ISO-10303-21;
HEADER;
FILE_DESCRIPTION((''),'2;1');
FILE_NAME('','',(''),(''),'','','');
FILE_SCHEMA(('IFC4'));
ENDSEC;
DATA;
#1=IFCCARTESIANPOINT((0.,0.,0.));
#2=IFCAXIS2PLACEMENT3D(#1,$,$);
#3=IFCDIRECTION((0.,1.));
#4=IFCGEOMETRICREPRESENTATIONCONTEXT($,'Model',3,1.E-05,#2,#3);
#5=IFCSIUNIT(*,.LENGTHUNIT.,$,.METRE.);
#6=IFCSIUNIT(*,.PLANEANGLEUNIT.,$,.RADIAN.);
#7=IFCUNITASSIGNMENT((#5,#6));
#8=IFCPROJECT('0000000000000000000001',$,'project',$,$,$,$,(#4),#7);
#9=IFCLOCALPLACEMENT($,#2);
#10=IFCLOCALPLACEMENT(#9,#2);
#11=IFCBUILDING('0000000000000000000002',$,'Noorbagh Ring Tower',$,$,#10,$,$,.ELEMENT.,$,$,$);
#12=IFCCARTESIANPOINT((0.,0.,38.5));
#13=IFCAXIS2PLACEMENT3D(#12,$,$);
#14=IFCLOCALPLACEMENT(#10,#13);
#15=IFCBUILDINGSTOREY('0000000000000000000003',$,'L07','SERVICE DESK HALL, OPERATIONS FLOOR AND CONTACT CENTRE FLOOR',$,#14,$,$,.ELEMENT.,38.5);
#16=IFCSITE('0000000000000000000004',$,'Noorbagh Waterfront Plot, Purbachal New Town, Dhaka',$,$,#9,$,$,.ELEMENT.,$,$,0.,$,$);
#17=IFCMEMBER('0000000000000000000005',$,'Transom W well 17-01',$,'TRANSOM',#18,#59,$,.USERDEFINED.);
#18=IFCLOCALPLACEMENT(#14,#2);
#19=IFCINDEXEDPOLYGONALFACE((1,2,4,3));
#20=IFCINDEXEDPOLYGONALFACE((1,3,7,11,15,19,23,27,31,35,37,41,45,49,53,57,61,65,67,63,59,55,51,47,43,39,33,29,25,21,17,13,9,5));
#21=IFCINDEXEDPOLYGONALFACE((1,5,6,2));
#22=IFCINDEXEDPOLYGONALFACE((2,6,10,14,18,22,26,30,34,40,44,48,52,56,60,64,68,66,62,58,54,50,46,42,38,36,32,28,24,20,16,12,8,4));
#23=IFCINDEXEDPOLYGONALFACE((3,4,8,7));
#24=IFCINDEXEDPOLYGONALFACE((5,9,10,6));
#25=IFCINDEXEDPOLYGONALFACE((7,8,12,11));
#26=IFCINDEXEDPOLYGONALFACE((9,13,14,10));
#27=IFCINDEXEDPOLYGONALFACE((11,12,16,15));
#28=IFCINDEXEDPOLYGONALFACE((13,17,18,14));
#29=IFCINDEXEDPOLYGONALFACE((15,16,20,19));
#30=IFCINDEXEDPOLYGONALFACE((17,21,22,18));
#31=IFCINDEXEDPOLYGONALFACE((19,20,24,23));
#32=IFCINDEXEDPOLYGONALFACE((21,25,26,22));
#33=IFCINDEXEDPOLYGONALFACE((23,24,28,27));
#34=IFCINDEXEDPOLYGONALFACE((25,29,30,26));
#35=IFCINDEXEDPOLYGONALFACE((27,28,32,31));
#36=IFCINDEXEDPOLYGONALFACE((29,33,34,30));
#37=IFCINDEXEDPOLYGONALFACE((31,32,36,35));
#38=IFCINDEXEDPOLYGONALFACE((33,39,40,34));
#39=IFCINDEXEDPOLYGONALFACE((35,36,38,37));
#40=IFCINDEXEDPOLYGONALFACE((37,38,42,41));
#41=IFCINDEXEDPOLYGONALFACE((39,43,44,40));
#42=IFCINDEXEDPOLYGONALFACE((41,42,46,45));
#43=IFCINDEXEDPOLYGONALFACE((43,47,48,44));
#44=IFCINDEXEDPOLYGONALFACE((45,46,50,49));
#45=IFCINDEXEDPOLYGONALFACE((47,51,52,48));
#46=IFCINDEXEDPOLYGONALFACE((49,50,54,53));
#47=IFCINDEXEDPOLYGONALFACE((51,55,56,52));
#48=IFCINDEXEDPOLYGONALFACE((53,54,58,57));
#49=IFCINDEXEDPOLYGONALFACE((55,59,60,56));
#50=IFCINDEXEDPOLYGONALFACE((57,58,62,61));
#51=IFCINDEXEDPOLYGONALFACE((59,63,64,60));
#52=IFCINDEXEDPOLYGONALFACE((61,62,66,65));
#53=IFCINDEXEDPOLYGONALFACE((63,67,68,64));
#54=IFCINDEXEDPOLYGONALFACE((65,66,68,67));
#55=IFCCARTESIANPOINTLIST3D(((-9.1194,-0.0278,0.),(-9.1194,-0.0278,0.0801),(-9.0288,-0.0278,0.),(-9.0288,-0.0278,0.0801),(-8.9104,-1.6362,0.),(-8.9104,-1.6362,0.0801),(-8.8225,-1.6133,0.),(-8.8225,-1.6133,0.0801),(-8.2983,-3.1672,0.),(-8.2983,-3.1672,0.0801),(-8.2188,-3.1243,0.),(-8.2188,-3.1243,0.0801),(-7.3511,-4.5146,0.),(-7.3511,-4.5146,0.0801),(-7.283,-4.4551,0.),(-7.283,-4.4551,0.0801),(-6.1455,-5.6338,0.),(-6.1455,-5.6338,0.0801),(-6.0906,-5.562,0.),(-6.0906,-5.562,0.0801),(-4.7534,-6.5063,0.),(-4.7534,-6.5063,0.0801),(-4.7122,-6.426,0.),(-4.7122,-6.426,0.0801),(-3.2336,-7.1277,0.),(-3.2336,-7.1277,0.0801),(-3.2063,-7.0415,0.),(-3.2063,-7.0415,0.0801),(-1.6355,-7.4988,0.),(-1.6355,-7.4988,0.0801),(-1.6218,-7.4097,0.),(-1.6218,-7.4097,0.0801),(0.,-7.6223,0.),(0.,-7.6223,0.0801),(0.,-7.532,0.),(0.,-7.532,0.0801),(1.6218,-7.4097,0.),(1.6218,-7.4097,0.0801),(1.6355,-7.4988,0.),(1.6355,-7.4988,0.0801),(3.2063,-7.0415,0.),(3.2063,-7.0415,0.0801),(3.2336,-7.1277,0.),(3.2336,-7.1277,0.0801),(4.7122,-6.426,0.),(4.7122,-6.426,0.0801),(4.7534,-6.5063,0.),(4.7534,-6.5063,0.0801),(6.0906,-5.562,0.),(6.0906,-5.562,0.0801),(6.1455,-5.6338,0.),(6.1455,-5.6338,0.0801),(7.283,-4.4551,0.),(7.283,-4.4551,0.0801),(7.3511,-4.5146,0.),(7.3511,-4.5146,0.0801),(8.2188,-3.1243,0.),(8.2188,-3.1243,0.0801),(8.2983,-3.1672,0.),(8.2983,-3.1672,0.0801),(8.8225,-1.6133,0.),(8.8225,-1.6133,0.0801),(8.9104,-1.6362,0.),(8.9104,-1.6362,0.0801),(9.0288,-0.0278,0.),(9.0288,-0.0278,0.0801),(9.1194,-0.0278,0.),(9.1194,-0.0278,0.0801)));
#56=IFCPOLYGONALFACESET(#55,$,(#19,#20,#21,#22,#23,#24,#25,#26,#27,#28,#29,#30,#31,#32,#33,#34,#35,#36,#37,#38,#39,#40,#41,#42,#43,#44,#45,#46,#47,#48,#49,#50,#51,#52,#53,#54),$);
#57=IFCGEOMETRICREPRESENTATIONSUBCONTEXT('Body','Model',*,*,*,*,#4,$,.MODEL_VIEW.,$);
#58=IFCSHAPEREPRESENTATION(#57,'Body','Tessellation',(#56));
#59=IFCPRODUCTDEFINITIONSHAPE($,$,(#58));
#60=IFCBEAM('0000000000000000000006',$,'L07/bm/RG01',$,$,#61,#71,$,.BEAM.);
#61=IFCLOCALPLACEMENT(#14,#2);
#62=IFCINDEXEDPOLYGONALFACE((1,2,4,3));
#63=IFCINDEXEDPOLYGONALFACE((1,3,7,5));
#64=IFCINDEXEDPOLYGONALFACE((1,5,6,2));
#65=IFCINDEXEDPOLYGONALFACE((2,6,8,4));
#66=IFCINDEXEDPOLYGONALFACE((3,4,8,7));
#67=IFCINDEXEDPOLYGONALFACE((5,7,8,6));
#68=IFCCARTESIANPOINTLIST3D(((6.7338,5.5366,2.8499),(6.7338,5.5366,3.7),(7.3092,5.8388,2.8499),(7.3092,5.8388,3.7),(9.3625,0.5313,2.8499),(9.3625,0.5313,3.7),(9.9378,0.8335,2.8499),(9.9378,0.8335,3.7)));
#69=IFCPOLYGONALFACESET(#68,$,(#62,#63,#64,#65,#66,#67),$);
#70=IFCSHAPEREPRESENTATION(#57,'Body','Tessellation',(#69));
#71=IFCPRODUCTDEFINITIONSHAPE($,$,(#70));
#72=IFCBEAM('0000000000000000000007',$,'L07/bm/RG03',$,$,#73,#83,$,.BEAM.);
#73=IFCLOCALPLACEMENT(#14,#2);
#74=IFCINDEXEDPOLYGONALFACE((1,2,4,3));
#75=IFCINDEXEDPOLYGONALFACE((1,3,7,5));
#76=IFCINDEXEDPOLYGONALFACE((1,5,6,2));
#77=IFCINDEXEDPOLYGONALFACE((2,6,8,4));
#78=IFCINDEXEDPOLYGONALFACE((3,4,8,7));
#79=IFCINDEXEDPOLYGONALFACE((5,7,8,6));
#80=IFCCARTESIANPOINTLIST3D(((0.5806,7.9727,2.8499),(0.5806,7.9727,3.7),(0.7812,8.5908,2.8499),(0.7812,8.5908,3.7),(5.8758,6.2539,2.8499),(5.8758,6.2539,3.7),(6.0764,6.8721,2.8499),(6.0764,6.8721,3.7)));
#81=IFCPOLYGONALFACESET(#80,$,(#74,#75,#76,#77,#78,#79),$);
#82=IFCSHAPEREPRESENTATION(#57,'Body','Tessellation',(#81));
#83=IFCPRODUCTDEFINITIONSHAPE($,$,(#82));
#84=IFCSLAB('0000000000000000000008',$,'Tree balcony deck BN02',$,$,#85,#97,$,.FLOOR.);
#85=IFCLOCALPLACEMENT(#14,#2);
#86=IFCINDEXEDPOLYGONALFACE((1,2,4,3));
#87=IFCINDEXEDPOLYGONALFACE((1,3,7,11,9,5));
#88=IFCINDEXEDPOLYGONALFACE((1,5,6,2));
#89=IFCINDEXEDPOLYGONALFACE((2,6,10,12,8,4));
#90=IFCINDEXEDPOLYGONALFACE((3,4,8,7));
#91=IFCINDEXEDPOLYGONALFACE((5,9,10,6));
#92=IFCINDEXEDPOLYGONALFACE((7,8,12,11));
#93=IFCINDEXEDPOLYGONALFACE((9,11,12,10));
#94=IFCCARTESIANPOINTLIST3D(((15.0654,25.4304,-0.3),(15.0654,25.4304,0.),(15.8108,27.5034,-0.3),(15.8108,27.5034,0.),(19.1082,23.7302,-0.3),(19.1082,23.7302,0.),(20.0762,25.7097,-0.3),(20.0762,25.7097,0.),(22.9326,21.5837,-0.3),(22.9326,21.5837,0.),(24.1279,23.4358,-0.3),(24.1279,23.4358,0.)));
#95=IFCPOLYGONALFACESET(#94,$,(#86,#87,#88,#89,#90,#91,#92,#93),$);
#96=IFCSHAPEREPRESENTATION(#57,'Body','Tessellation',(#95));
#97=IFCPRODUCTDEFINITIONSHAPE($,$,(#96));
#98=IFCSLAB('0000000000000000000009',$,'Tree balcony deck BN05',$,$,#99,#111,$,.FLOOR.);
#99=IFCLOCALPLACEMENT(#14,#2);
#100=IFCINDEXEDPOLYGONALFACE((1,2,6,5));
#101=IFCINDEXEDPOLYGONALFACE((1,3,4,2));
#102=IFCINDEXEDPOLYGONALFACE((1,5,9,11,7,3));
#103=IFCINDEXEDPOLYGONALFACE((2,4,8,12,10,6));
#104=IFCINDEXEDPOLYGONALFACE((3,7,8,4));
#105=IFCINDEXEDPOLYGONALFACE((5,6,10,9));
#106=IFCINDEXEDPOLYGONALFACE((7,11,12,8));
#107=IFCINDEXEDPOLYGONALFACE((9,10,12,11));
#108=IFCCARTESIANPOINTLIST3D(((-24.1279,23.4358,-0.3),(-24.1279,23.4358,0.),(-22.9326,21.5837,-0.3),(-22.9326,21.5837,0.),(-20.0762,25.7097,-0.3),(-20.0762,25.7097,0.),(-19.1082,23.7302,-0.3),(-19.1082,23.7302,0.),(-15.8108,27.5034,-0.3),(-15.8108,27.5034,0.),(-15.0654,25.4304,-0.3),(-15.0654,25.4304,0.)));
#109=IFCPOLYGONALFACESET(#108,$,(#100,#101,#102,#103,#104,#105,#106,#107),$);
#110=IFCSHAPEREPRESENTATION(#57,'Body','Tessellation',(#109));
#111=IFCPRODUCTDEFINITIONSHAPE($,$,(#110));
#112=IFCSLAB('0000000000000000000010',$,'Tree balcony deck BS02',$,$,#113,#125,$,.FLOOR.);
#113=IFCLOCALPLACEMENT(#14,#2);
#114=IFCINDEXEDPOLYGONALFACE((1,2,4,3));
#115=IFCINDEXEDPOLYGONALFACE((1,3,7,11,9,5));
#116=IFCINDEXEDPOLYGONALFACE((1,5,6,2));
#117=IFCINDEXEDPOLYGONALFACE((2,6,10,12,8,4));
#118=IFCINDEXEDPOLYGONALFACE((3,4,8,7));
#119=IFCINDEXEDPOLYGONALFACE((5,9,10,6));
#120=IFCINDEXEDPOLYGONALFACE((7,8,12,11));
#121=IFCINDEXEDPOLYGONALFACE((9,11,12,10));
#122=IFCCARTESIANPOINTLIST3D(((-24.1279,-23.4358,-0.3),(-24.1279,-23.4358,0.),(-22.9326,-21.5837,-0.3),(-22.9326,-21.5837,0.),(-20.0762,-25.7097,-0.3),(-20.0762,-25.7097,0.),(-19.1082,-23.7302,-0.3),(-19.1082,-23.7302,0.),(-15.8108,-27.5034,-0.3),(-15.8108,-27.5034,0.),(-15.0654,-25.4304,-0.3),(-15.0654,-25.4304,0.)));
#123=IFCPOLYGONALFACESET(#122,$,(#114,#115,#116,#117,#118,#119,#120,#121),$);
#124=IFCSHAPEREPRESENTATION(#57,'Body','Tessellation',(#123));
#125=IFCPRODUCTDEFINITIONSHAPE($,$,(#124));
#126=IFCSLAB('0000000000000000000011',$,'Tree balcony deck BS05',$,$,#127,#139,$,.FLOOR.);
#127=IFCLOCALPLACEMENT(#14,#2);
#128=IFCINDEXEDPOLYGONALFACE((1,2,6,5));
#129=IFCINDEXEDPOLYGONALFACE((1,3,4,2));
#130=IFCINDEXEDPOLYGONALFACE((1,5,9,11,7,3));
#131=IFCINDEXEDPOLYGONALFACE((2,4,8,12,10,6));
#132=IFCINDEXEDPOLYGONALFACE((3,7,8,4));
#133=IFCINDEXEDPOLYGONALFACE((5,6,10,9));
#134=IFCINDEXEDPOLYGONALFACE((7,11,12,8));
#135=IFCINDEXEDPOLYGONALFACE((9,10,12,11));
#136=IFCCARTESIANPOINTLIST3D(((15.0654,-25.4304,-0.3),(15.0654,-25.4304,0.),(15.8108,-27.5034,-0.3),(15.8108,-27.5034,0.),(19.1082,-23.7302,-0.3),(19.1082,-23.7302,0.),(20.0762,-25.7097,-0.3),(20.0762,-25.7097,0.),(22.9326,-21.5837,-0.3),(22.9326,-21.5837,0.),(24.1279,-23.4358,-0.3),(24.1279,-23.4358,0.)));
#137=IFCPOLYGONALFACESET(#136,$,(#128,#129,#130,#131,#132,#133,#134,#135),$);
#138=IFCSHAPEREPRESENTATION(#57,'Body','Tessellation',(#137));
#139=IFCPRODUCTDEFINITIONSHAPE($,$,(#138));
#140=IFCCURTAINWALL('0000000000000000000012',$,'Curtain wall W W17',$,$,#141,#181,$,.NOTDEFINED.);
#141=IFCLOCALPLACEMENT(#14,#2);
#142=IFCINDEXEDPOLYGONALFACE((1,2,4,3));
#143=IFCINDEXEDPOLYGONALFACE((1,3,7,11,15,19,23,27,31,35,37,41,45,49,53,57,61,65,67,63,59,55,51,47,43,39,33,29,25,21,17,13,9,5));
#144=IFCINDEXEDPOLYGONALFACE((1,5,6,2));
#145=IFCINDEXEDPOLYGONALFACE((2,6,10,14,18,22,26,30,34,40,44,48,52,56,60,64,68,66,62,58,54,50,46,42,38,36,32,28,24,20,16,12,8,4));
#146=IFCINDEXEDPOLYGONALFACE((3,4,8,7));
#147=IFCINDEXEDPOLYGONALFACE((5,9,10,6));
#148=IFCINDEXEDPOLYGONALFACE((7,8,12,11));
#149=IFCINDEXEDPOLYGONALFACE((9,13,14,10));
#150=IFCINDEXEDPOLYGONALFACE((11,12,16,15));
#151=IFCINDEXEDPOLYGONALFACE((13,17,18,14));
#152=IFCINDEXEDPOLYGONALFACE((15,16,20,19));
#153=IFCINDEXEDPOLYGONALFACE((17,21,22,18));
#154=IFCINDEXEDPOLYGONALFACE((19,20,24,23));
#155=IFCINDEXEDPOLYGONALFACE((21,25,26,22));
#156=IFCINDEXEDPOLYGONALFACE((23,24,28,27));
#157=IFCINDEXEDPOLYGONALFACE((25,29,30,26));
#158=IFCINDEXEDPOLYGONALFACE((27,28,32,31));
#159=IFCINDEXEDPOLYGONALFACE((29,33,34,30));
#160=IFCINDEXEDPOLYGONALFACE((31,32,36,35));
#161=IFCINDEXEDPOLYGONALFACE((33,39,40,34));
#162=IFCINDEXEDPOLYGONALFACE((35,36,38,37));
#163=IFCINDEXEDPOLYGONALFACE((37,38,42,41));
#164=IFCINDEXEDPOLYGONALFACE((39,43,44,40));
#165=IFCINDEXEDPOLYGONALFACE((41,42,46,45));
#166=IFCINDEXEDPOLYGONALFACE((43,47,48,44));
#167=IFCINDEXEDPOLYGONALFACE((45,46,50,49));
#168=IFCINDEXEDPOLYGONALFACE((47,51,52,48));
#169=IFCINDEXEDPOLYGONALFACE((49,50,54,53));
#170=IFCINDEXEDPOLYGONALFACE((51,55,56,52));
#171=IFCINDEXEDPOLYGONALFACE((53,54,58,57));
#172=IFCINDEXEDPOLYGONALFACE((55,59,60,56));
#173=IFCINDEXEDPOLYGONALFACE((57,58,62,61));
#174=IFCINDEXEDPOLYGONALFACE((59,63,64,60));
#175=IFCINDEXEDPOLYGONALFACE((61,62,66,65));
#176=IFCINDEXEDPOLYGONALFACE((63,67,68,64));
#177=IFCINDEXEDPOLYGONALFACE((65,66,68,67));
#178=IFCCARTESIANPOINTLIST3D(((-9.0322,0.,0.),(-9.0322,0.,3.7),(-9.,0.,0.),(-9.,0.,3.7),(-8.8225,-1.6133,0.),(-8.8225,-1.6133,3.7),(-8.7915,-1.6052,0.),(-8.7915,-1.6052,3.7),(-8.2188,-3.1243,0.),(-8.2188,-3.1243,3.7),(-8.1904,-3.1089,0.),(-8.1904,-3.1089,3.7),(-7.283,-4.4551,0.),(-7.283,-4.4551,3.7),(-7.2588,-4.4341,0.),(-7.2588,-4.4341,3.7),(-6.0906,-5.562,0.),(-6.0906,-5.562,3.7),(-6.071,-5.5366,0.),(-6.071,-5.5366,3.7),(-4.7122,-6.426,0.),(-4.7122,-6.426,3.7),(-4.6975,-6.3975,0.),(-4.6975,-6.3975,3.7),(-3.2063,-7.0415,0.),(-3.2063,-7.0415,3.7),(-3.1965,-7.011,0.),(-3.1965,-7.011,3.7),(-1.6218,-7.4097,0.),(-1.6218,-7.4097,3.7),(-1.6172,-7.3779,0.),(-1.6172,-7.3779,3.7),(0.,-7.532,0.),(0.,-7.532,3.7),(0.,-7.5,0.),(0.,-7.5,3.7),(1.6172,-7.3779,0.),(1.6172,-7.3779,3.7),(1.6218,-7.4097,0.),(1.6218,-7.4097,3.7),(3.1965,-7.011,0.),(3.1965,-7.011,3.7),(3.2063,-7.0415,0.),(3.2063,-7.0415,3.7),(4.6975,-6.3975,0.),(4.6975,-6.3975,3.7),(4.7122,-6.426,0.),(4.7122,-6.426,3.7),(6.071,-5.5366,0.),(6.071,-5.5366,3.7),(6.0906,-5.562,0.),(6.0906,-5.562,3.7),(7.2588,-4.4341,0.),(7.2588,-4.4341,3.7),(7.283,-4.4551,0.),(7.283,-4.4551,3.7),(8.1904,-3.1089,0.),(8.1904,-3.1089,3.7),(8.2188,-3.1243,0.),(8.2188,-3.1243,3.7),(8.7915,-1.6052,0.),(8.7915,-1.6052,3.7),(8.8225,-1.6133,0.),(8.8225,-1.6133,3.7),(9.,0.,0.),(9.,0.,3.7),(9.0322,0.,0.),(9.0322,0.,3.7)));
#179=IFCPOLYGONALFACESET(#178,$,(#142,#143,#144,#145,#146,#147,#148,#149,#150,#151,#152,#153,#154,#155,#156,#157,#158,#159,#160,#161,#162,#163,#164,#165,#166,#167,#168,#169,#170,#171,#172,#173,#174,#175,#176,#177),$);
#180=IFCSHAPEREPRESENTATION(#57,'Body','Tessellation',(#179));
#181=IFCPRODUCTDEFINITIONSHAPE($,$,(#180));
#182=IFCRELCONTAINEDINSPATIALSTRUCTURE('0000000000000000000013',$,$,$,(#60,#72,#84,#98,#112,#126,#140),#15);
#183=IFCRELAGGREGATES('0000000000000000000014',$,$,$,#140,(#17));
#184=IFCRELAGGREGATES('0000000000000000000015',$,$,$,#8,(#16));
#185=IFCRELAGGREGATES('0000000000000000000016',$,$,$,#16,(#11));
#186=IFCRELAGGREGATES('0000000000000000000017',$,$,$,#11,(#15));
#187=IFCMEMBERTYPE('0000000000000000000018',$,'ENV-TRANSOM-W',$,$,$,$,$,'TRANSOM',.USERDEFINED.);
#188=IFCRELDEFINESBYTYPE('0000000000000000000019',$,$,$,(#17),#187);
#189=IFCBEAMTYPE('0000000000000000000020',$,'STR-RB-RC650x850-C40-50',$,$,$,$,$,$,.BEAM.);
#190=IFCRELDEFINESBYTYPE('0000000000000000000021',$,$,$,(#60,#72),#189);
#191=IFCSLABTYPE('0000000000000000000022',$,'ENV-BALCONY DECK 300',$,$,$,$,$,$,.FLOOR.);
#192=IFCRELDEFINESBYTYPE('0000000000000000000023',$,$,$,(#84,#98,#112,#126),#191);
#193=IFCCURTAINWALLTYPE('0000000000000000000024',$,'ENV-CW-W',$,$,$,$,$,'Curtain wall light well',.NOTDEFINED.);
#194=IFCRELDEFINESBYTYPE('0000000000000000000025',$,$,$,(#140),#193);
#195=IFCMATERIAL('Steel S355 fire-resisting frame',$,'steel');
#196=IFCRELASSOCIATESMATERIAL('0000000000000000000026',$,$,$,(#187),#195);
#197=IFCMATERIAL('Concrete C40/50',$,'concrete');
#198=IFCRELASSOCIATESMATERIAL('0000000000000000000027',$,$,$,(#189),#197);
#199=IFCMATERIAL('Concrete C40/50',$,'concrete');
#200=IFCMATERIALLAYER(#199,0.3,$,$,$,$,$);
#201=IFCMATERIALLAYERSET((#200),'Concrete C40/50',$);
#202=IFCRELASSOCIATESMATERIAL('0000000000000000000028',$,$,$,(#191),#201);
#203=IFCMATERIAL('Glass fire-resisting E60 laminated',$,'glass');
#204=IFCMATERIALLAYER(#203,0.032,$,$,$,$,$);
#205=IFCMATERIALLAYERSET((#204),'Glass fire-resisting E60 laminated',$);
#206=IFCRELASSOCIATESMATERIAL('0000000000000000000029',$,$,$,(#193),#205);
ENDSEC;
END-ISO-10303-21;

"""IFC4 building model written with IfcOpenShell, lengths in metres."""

from ifc_helpers import new_model, si_unit, direction, frame, origin, origin_2d, place, context, subcontext, project, spatial, polyline, rectangle, outline, extrude, material, layer, layer_set, material_profile, profile_set, type_object, element, aggregate, save


model = new_model("IFC4")

# Units and contexts
model_context = context("Model", 3, precision=1e-05, world=origin(), true_north=direction((0.0, 1.0)))
body_context = subcontext(model_context, "Body", "Model", "MODEL_VIEW")
ifc_project = project(units=[si_unit("LENGTHUNIT", "METRE"), si_unit("PLANEANGLEUNIT", "RADIAN")], contexts=[model_context])

# Site, building, storey
site_placement = place(None, origin())
site = spatial("IfcSite", under=ifc_project, at=site_placement, Name="Noorbagh Waterfront Plot, Purbachal New Town, Dhaka", CompositionType="ELEMENT", RefElevation=0.0)
building_placement = place(site_placement, origin())
building = spatial("IfcBuilding", under=site, at=building_placement, Name="Noorbagh Ring Tower", CompositionType="ELEMENT")
storey_placement = place(building_placement, frame((0.0, 0.0, 38.5)))
storey = spatial("IfcBuildingStorey", under=building, at=storey_placement, Name="L07", Description="SERVICE DESK HALL, OPERATIONS FLOOR AND CONTACT CENTRE FLOOR", CompositionType="ELEMENT", Elevation=38.5)

# Member
ifc_material_1 = material(Name="Steel S355 fire-resisting frame", Category="steel")
member_type_1 = type_object("IfcMemberType", Name="ENV-TRANSOM-W", ElementType="TRANSOM", PredefinedType="USERDEFINED", material=ifc_material_1)
member_1_placement = place(storey_placement, origin())
member_1 = element("IfcMember", 1, at=member_1_placement, type_object=member_type_1, Name="Transom W well 17-01", ObjectType="TRANSOM", PredefinedType="USERDEFINED", context=body_context, shape_type="SweptSolid", body=[
    extrude(outline(polyline([(-9.1194, -0.0278), (-8.9104, -1.6362), (-8.2983, -3.1672), (-7.3511, -4.5146), (-6.1455, -5.6338), (-4.7534, -6.5063), (-3.2336, -7.1277), (-1.6355, -7.4988), (0.0, -7.6223), (1.6355, -7.4988), (3.2336, -7.1277), (4.7534, -6.5063), (6.1455, -5.6338), (7.3511, -4.5146), (8.2983, -3.1672), (8.9104, -1.6362), (9.1194, -0.0278), (9.0288, -0.0278), (8.8225, -1.6133), (8.2188, -3.1243), (7.283, -4.4551), (6.0906, -5.562), (4.7122, -6.426), (3.2063, -7.0415), (1.6218, -7.4097), (0.0, -7.532), (-1.6218, -7.4097), (-3.2063, -7.0415), (-4.7122, -6.426), (-6.0906, -5.562), (-7.283, -4.4551), (-8.2188, -3.1243), (-8.8225, -1.6133), (-9.0288, -0.0278), (-9.1194, -0.0278)])), origin(), (0.0, 0.0, 1.0), 0.0801),
])

# Beams
ifc_material_2 = material(Name="Concrete C40/50", Category="concrete")
ifc_material_profile_1 = material_profile(ifc_material_2, rectangle(XDim=0.6499, YDim=0.8501, at=origin_2d()), Name="RC650x850")
ifc_profile_set_1 = profile_set([ifc_material_profile_1], Name="Concrete C40/50")
beam_type = type_object("IfcBeamType", Name="STR-RB-RC650x850-C40-50", PredefinedType="BEAM", material=ifc_profile_set_1)
beam_1_placement = place(storey_placement, frame((9.6501, 0.6824, 3.2749), z_axis=(-0.464951, 0.885337, 0.0), x_axis=(-0.885337, -0.464951, 0.0)))
element("IfcBeam", 2, at=beam_1_placement, inside=storey, type_object=beam_type, Name="L07/bm/RG01", PredefinedType="BEAM", context=body_context, shape_type="SweptSolid", body=[
    extrude(rectangle(XDim=0.6499, YDim=0.8501, at=origin_2d()), origin(), (0.0, 0.0, 1.0), 5.6536),
])
beam_2_placement = place(storey_placement, frame((5.9761, 6.563, 3.2749), z_axis=(-0.951149, 0.308732, 0.0), x_axis=(-0.308732, -0.951149, 0.0)))
element("IfcBeam", 3, at=beam_2_placement, inside=storey, type_object=beam_type, Name="L07/bm/RG03", PredefinedType="BEAM", context=body_context, shape_type="SweptSolid", body=[
    extrude(rectangle(XDim=0.6499, YDim=0.8501, at=origin_2d()), origin(), (0.0, 0.0, 1.0), 5.5671),
])

# Slabs
ifc_material_3 = material(Name="Concrete C40/50", Category="concrete")
ifc_layer_1 = layer(ifc_material_3, 0.3)
ifc_layer_set_1 = layer_set([ifc_layer_1], Name="Concrete C40/50")
slab_type = type_object("IfcSlabType", Name="ENV-BALCONY DECK 300", PredefinedType="FLOOR", material=ifc_layer_set_1)
slab_1_placement = place(storey_placement, frame((0.0, 0.0, -0.3)))
element("IfcSlab", 4, at=slab_1_placement, inside=storey, type_object=slab_type, Name="Tree balcony deck BN02", PredefinedType="FLOOR", context=body_context, shape_type="SweptSolid", body=[
    extrude(outline(polyline([(24.1279, 23.4358), (20.0762, 25.7097), (15.8108, 27.5034), (15.0654, 25.4304), (19.1082, 23.7302), (22.9326, 21.5837), (24.1279, 23.4358)])), origin(), (0.0, 0.0, 1.0), 0.3),
])
slab_2_placement = place(storey_placement, frame((0.0, 0.0, -0.3)))
element("IfcSlab", 5, at=slab_2_placement, inside=storey, type_object=slab_type, Name="Tree balcony deck BN05", PredefinedType="FLOOR", context=body_context, shape_type="SweptSolid", body=[
    extrude(outline(polyline([(-15.8108, 27.5034), (-20.0762, 25.7097), (-24.1279, 23.4358), (-22.9326, 21.5837), (-19.1082, 23.7302), (-15.0654, 25.4304), (-15.8108, 27.5034)])), origin(), (0.0, 0.0, 1.0), 0.3),
])
slab_3_placement = place(storey_placement, frame((0.0, 0.0, -0.3)))
element("IfcSlab", 6, at=slab_3_placement, inside=storey, type_object=slab_type, Name="Tree balcony deck BS02", PredefinedType="FLOOR", context=body_context, shape_type="SweptSolid", body=[
    extrude(outline(polyline([(-24.1279, -23.4358), (-20.0762, -25.7097), (-15.8108, -27.5034), (-15.0654, -25.4304), (-19.1082, -23.7302), (-22.9326, -21.5837), (-24.1279, -23.4358)])), origin(), (0.0, 0.0, 1.0), 0.3),
])
slab_4_placement = place(storey_placement, frame((0.0, 0.0, -0.3)))
element("IfcSlab", 7, at=slab_4_placement, inside=storey, type_object=slab_type, Name="Tree balcony deck BS05", PredefinedType="FLOOR", context=body_context, shape_type="SweptSolid", body=[
    extrude(outline(polyline([(15.8108, -27.5034), (20.0762, -25.7097), (24.1279, -23.4358), (22.9326, -21.5837), (19.1082, -23.7302), (15.0654, -25.4304), (15.8108, -27.5034)])), origin(), (0.0, 0.0, 1.0), 0.3),
])

# Curtain wall
ifc_material_4 = material(Name="Glass fire-resisting E60 laminated", Category="glass")
ifc_layer_2 = layer(ifc_material_4, 0.032)
ifc_layer_set_2 = layer_set([ifc_layer_2], Name="Glass fire-resisting E60 laminated")
curtain_wall_type = type_object("IfcCurtainWallType", Name="ENV-CW-W", ElementType="Curtain wall light well", PredefinedType="NOTDEFINED", material=ifc_layer_set_2)
curtain_wall_1_placement = place(storey_placement, origin())
curtain_wall_1 = element("IfcCurtainWall", 8, at=curtain_wall_1_placement, inside=storey, type_object=curtain_wall_type, Name="Curtain wall W W17", PredefinedType="NOTDEFINED", context=body_context, shape_type="SweptSolid", body=[
    extrude(outline(polyline([(-9.0322, 0.0), (-8.8225, -1.6133), (-8.2188, -3.1243), (-7.283, -4.4551), (-6.0906, -5.562), (-4.7122, -6.426), (-3.2063, -7.0415), (-1.6218, -7.4097), (0.0, -7.532), (1.6218, -7.4097), (3.2063, -7.0415), (4.7122, -6.426), (6.0906, -5.562), (7.283, -4.4551), (8.2188, -3.1243), (8.8225, -1.6133), (9.0322, 0.0), (9.0, 0.0), (8.7915, -1.6052), (8.1904, -3.1089), (7.2588, -4.4341), (6.071, -5.5366), (4.6975, -6.3975), (3.1965, -7.011), (1.6172, -7.3779), (0.0, -7.5), (-1.6172, -7.3779), (-3.1965, -7.011), (-4.6975, -6.3975), (-6.071, -5.5366), (-7.2588, -4.4341), (-8.1904, -3.1089), (-8.7915, -1.6052), (-9.0, 0.0), (-9.0322, 0.0)])), origin(), (0.0, 0.0, 1.0), 3.7),
])
aggregate(curtain_wall_1, [member_1])

save(model, "model.ifc")
